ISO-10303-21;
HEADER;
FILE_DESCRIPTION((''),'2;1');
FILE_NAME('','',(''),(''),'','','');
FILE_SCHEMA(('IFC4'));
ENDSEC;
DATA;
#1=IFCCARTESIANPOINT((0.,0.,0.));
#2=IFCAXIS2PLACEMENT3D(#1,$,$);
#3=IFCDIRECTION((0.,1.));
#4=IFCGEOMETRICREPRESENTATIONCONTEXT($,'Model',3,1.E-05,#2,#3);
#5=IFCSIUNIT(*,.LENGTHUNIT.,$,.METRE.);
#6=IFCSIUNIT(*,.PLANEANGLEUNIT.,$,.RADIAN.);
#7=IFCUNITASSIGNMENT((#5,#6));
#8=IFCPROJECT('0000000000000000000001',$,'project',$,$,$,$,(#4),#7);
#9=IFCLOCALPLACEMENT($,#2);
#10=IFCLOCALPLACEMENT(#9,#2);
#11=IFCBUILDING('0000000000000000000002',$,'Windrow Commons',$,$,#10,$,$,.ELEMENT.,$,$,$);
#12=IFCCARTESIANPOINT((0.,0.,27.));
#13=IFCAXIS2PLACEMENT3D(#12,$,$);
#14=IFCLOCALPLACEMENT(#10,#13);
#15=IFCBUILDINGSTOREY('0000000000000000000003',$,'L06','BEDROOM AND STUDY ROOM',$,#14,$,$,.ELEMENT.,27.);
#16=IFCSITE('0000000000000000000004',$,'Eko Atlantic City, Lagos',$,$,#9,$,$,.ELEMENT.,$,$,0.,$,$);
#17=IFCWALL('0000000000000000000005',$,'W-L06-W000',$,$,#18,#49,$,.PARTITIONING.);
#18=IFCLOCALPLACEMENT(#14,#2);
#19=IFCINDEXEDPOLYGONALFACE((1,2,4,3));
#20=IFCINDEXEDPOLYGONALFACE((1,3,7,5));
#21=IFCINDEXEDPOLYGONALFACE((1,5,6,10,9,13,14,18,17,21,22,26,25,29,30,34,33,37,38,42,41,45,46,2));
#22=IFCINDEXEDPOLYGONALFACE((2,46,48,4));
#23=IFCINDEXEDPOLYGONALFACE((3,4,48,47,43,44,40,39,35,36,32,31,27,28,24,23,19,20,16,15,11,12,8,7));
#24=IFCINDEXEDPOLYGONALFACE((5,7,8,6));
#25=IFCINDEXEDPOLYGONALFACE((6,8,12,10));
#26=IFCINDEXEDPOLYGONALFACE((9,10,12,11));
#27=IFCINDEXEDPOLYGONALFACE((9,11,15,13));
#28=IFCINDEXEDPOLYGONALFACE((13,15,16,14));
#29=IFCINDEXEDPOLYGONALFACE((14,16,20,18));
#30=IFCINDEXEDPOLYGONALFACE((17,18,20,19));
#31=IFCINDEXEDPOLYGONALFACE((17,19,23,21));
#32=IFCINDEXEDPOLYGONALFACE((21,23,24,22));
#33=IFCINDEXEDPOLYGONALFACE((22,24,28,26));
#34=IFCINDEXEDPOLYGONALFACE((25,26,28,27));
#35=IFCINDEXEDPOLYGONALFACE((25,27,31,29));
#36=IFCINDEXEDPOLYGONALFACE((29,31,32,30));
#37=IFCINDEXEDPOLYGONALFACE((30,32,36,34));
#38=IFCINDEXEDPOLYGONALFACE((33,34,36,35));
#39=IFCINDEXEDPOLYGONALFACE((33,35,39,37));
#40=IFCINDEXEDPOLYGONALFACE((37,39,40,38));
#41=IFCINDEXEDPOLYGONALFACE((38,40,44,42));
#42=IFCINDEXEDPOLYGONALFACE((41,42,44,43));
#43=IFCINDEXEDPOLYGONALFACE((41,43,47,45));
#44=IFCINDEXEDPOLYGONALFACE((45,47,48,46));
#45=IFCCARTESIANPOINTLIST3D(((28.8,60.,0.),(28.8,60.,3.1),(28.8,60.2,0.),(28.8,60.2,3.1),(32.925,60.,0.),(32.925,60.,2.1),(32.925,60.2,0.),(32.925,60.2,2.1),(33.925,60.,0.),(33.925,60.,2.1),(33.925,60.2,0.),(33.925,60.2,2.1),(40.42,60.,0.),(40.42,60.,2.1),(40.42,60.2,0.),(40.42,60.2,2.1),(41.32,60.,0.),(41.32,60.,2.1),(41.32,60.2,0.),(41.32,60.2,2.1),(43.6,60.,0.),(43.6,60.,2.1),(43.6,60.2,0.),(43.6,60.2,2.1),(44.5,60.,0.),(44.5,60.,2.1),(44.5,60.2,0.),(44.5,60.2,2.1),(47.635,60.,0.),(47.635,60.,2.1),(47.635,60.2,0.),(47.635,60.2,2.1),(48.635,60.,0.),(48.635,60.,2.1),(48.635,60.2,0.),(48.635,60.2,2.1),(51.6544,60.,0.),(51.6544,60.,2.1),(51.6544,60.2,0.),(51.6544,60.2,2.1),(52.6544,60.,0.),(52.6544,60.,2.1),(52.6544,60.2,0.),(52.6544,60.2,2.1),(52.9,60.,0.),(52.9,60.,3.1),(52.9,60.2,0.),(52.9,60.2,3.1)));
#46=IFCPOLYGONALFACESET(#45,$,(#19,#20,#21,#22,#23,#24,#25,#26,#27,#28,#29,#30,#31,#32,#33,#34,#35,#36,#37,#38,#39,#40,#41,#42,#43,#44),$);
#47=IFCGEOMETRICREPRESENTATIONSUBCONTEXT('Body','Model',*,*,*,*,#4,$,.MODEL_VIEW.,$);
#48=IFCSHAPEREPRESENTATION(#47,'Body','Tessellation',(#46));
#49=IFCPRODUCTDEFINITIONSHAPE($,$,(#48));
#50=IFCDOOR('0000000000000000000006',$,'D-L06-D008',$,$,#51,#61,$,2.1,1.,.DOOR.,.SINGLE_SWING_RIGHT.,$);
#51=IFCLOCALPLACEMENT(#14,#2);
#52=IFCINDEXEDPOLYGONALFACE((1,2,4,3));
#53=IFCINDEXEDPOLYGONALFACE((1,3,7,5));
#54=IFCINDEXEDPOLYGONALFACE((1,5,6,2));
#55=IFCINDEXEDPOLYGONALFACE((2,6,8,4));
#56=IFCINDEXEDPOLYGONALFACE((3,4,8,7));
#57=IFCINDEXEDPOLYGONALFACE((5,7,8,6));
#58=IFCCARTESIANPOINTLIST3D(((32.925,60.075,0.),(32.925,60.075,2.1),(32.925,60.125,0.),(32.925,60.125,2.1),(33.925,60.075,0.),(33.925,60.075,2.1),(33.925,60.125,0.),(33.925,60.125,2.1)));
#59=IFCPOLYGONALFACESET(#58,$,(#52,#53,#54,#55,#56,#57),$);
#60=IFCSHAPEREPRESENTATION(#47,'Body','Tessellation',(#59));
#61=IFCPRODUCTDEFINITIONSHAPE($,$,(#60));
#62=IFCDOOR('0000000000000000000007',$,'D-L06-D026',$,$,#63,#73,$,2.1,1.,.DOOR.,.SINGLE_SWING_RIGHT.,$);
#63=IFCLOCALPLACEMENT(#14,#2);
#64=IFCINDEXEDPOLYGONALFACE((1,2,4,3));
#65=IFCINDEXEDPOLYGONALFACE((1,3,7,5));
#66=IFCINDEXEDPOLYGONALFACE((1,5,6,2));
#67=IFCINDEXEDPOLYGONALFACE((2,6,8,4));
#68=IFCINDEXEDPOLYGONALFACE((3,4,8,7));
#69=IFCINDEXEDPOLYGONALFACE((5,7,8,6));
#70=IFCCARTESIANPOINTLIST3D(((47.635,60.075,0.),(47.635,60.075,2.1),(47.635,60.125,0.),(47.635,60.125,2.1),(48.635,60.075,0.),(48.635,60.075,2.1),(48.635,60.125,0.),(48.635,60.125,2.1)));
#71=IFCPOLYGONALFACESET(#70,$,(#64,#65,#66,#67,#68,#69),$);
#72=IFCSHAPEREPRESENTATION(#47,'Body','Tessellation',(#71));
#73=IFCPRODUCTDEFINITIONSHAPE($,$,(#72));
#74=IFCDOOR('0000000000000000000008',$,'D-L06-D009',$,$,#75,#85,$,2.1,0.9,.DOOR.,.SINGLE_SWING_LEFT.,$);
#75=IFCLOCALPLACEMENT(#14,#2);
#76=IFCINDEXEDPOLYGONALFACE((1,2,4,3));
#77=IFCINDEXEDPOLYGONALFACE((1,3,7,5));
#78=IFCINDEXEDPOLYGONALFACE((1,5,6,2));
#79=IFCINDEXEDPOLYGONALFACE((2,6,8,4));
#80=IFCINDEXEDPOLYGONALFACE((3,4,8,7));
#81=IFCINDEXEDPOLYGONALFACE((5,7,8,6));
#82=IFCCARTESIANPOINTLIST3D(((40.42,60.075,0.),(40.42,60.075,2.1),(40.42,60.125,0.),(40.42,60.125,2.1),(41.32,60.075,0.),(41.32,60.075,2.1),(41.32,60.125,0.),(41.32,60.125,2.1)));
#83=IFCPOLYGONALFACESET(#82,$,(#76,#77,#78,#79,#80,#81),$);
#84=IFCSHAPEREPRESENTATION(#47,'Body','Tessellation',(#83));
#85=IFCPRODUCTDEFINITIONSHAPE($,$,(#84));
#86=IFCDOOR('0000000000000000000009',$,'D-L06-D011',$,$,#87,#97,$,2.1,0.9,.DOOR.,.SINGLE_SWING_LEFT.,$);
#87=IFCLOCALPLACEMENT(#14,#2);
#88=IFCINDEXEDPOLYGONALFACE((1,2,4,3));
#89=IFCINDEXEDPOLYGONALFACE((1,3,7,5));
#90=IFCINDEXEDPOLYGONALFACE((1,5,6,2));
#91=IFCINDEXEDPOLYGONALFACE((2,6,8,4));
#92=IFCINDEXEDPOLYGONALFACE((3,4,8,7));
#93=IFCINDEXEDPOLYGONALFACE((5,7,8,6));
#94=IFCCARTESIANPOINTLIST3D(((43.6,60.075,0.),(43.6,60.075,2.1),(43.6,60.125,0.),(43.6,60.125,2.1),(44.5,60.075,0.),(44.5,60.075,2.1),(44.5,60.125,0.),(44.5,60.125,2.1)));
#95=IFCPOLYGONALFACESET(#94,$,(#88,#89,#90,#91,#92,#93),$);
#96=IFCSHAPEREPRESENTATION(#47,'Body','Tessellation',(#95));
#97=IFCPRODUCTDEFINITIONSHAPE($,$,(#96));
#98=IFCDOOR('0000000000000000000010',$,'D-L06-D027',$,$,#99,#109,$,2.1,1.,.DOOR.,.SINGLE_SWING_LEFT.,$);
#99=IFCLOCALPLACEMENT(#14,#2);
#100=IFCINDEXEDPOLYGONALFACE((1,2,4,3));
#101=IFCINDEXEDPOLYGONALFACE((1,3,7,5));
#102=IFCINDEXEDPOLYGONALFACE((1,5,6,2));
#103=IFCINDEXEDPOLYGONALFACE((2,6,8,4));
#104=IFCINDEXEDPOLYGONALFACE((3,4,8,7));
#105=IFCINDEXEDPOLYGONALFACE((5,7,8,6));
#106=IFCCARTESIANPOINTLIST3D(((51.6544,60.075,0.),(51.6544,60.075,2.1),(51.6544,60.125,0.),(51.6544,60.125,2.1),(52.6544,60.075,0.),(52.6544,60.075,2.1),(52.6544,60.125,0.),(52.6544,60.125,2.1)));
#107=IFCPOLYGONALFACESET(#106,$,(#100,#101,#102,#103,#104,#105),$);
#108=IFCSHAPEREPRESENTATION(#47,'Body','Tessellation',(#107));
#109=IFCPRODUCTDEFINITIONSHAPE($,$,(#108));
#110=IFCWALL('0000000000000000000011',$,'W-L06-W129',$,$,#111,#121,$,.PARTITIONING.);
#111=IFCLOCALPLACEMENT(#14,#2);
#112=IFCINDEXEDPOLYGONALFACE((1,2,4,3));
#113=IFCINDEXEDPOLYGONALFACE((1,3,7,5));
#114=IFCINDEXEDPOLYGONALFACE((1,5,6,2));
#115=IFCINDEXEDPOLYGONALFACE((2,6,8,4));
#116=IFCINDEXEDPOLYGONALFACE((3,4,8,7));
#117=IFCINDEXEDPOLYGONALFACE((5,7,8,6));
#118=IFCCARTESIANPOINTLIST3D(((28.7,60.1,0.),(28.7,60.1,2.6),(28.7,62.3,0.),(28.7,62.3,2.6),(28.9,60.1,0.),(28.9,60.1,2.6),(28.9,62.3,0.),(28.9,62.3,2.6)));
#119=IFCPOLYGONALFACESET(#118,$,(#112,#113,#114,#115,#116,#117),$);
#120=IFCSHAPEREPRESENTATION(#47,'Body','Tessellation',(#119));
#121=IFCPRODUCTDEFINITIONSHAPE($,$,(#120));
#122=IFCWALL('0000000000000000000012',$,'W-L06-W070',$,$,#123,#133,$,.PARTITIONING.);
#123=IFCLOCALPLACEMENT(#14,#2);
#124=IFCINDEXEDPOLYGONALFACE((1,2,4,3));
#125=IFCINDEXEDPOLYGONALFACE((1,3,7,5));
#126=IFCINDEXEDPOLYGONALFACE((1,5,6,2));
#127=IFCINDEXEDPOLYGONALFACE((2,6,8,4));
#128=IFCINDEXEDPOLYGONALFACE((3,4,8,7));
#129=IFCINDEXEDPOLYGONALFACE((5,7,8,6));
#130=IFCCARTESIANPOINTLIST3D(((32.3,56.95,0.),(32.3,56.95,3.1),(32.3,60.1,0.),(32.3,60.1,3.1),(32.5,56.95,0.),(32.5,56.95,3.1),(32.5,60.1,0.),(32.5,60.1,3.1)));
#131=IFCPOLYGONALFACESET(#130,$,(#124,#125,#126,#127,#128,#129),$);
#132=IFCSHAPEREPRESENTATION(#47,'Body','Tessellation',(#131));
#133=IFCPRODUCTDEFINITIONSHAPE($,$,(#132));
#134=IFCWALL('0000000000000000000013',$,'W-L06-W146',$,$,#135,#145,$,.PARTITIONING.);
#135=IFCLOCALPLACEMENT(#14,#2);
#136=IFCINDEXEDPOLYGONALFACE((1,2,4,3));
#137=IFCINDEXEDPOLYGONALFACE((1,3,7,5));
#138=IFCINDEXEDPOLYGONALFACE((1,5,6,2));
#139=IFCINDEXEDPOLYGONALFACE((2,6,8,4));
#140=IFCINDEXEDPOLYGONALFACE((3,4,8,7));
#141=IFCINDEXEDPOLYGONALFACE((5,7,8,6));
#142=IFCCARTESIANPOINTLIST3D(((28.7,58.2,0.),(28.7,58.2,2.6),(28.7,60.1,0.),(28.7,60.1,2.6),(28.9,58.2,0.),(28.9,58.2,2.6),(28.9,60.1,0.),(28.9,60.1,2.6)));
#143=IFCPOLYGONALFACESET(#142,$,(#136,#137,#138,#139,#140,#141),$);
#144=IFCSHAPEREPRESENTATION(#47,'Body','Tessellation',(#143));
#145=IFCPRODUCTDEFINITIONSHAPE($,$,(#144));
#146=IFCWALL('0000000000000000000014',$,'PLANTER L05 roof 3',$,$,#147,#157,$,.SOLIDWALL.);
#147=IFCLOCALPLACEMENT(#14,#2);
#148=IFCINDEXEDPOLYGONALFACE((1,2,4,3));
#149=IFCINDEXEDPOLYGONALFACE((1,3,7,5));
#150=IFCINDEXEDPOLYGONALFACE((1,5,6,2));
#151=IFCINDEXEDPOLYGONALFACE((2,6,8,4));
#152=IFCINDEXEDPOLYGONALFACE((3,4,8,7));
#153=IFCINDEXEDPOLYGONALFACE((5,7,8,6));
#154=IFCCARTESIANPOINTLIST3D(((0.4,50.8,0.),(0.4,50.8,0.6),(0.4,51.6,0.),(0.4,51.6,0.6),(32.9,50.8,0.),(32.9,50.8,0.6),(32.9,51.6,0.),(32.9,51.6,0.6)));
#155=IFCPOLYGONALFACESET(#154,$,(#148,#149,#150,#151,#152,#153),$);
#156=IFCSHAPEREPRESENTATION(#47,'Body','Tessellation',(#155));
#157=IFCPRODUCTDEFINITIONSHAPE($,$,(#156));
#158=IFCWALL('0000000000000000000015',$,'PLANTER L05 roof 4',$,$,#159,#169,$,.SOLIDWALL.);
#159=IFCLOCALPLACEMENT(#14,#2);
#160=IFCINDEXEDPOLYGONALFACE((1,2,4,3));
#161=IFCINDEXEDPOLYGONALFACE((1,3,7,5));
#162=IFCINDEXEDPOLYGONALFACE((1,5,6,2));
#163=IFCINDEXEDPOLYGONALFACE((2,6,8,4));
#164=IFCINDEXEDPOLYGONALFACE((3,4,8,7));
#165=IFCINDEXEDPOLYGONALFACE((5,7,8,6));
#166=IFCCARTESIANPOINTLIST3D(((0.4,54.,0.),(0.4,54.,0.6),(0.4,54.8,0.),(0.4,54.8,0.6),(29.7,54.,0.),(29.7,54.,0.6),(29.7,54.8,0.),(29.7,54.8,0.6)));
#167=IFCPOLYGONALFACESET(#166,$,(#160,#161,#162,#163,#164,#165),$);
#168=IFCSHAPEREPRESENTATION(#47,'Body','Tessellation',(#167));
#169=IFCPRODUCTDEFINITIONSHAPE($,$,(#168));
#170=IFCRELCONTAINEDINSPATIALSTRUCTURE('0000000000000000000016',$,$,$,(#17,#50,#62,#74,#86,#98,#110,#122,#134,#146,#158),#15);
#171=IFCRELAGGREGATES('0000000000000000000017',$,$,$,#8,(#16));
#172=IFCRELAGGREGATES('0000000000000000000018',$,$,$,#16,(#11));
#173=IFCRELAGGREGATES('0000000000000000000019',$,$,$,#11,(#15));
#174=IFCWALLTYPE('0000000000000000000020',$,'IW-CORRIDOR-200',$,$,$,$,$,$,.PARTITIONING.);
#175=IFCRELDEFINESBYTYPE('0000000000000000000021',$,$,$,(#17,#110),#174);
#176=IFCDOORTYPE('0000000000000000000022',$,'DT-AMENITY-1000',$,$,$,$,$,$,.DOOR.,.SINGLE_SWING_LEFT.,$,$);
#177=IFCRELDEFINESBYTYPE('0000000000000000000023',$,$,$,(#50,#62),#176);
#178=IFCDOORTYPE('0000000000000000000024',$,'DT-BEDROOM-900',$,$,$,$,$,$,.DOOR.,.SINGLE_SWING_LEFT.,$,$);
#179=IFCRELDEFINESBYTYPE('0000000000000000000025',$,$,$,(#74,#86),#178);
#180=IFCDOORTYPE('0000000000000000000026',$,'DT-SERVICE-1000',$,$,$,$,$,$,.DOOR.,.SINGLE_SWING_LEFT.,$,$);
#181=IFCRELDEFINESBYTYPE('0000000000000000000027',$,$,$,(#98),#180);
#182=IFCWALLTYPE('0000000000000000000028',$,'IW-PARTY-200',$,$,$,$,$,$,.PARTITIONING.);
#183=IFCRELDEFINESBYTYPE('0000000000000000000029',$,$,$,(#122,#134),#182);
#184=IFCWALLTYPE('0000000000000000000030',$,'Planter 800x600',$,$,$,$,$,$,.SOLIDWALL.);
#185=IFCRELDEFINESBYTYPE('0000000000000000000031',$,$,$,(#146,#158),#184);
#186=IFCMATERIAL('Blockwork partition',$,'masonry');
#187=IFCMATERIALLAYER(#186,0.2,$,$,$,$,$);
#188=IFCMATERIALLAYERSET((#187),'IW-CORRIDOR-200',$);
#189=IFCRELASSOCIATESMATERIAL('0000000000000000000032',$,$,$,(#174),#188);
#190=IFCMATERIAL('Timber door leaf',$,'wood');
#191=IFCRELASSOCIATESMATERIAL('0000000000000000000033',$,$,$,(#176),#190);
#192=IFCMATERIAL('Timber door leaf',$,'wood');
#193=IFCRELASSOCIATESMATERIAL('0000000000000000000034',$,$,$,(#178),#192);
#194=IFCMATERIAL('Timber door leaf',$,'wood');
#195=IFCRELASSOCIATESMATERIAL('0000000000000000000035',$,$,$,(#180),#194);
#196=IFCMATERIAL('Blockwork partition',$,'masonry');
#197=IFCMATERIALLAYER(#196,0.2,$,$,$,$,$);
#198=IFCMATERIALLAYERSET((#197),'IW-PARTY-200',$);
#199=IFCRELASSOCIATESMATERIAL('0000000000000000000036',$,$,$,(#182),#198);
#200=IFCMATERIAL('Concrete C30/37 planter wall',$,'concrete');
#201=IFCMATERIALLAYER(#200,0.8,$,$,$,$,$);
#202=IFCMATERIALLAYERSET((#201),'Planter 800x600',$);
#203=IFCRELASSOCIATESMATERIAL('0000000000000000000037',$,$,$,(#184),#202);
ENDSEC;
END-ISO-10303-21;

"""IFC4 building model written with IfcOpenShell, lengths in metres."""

from ifc_helpers import new_model, si_unit, direction, frame, frame_2d, origin, place, context, subcontext, project, spatial, rectangle, extrude, material, layer, layer_set, type_object, element, fill, save


model = new_model("IFC4")

# Units and contexts
model_context = context("Model", 3, precision=1e-05, world=origin(), true_north=direction((0.0, 1.0)))
body_context = subcontext(model_context, "Body", "Model", "MODEL_VIEW")
ifc_project = project(units=[si_unit("LENGTHUNIT", "METRE"), si_unit("PLANEANGLEUNIT", "RADIAN")], contexts=[model_context])

# Site, building, storey
site_placement = place(None, origin())
site = spatial("IfcSite", under=ifc_project, at=site_placement, Name="Eko Atlantic City, Lagos", CompositionType="ELEMENT", RefElevation=0.0)
building_placement = place(site_placement, origin())
building = spatial("IfcBuilding", under=site, at=building_placement, Name="Windrow Commons", CompositionType="ELEMENT")
storey_placement = place(building_placement, frame((0.0, 0.0, 27.0)))
storey = spatial("IfcBuildingStorey", under=building, at=storey_placement, Name="L06", Description="BEDROOM AND STUDY ROOM", CompositionType="ELEMENT", Elevation=27.0)

# Wall, openings, doors
ifc_material_1 = material(Name="Blockwork partition", Category="masonry")
ifc_layer_1 = layer(ifc_material_1, 0.2)
ifc_layer_set_1 = layer_set([ifc_layer_1], Name="IW-CORRIDOR-200")
wall_type_1 = type_object("IfcWallType", Name="IW-CORRIDOR-200", PredefinedType="PARTITIONING", material=ifc_layer_set_1)
wall_1_placement = place(storey_placement, frame((28.8, 60.1, 0.0), z_axis=(0.0, 0.0, 1.0), x_axis=(1.0, 0.0, 0.0)))
wall_1 = element("IfcWall", 1, at=wall_1_placement, inside=storey, type_object=wall_type_1, Name="W-L06-W000", PredefinedType="PARTITIONING", context=body_context, shape_type="SweptSolid", body=[
    extrude(rectangle(XDim=24.1, YDim=0.2, at=frame_2d((12.05, 0.0))), origin(), (0.0, 0.0, 1.0), 3.1),
])
opening_1_placement = place(wall_1_placement, frame((4.125, 0.0, 0.0)))
opening_1 = element("IfcOpeningElement", 2, at=opening_1_placement, cuts=wall_1, PredefinedType="OPENING", context=body_context, shape_type="SweptSolid", body=[
    extrude(rectangle(XDim=1.0, YDim=2.1, at=frame_2d((0.5, 1.05))), frame((0.0, 0.11, 0.0), z_axis=(0.0, -1.0, 0.0), x_axis=(1.0, 0.0, 0.0)), (0.0, 0.0, 1.0), 0.22),
])
opening_2_placement = place(wall_1_placement, frame((11.62, 0.0, 0.0)))
opening_2 = element("IfcOpeningElement", 3, at=opening_2_placement, cuts=wall_1, PredefinedType="OPENING", context=body_context, shape_type="SweptSolid", body=[
    extrude(rectangle(XDim=0.9, YDim=2.1, at=frame_2d((0.45, 1.05))), frame((0.0, 0.11, 0.0), z_axis=(0.0, -1.0, 0.0), x_axis=(1.0, 0.0, 0.0)), (0.0, 0.0, 1.0), 0.22),
])
opening_3_placement = place(wall_1_placement, frame((14.8, 0.0, 0.0)))
opening_3 = element("IfcOpeningElement", 4, at=opening_3_placement, cuts=wall_1, PredefinedType="OPENING", context=body_context, shape_type="SweptSolid", body=[
    extrude(rectangle(XDim=0.9, YDim=2.1, at=frame_2d((0.45, 1.05))), frame((0.0, 0.11, 0.0), z_axis=(0.0, -1.0, 0.0), x_axis=(1.0, 0.0, 0.0)), (0.0, 0.0, 1.0), 0.22),
])
opening_4_placement = place(wall_1_placement, frame((18.835, 0.0, 0.0)))
opening_4 = element("IfcOpeningElement", 5, at=opening_4_placement, cuts=wall_1, PredefinedType="OPENING", context=body_context, shape_type="SweptSolid", body=[
    extrude(rectangle(XDim=1.0, YDim=2.1, at=frame_2d((0.5, 1.05))), frame((0.0, 0.11, 0.0), z_axis=(0.0, -1.0, 0.0), x_axis=(1.0, 0.0, 0.0)), (0.0, 0.0, 1.0), 0.22),
])
opening_5_placement = place(wall_1_placement, frame((22.8544, 0.0, 0.0)))
opening_5 = element("IfcOpeningElement", 6, at=opening_5_placement, cuts=wall_1, PredefinedType="OPENING", context=body_context, shape_type="SweptSolid", body=[
    extrude(rectangle(XDim=1.0, YDim=2.1, at=frame_2d((0.5, 1.05))), frame((0.0, 0.11, 0.0), z_axis=(0.0, -1.0, 0.0), x_axis=(1.0, 0.0, 0.0)), (0.0, 0.0, 1.0), 0.22),
])
ifc_material_2 = material(Name="Timber door leaf", Category="wood")
door_type_1 = type_object("IfcDoorType", Name="DT-AMENITY-1000", OperationType="SINGLE_SWING_LEFT", PredefinedType="DOOR", material=ifc_material_2)
door_1_placement = place(opening_1_placement, origin())
door_1 = element("IfcDoor", 7, at=door_1_placement, inside=storey, type_object=door_type_1, Name="D-L06-D008", OperationType="SINGLE_SWING_RIGHT", OverallHeight=2.1, OverallWidth=1.0, PredefinedType="DOOR", context=body_context, shape_type="SweptSolid", body=[
    extrude(rectangle(XDim=1.0, YDim=2.1, at=frame_2d((0.5, 1.05))), frame((0.0, 0.025, 0.0), z_axis=(0.0, -1.0, 0.0), x_axis=(1.0, 0.0, 0.0)), (0.0, 0.0, 1.0), 0.05),
])
fill(opening_1, door_1)
door_2_placement = place(opening_4_placement, origin())
door_2 = element("IfcDoor", 8, at=door_2_placement, inside=storey, type_object=door_type_1, Name="D-L06-D026", OperationType="SINGLE_SWING_RIGHT", OverallHeight=2.1, OverallWidth=1.0, PredefinedType="DOOR", context=body_context, shape_type="SweptSolid", body=[
    extrude(rectangle(XDim=1.0, YDim=2.1, at=frame_2d((0.5, 1.05))), frame((0.0, 0.025, 0.0), z_axis=(0.0, -1.0, 0.0), x_axis=(1.0, 0.0, 0.0)), (0.0, 0.0, 1.0), 0.05),
])
fill(opening_4, door_2)
ifc_material_3 = material(Name="Timber door leaf", Category="wood")
door_type_2 = type_object("IfcDoorType", Name="DT-BEDROOM-900", OperationType="SINGLE_SWING_LEFT", PredefinedType="DOOR", material=ifc_material_3)
door_3_placement = place(opening_2_placement, origin())
door_3 = element("IfcDoor", 9, at=door_3_placement, inside=storey, type_object=door_type_2, Name="D-L06-D009", OperationType="SINGLE_SWING_LEFT", OverallHeight=2.1, OverallWidth=0.9, PredefinedType="DOOR", context=body_context, shape_type="SweptSolid", body=[
    extrude(rectangle(XDim=0.9, YDim=2.1, at=frame_2d((0.45, 1.05))), frame((0.0, 0.025, 0.0), z_axis=(0.0, -1.0, 0.0), x_axis=(1.0, 0.0, 0.0)), (0.0, 0.0, 1.0), 0.05),
])
fill(opening_2, door_3)
door_4_placement = place(opening_3_placement, origin())
door_4 = element("IfcDoor", 10, at=door_4_placement, inside=storey, type_object=door_type_2, Name="D-L06-D011", OperationType="SINGLE_SWING_LEFT", OverallHeight=2.1, OverallWidth=0.9, PredefinedType="DOOR", context=body_context, shape_type="SweptSolid", body=[
    extrude(rectangle(XDim=0.9, YDim=2.1, at=frame_2d((0.45, 1.05))), frame((0.0, 0.025, 0.0), z_axis=(0.0, -1.0, 0.0), x_axis=(1.0, 0.0, 0.0)), (0.0, 0.0, 1.0), 0.05),
])
fill(opening_3, door_4)
ifc_material_4 = material(Name="Timber door leaf", Category="wood")
door_type_3 = type_object("IfcDoorType", Name="DT-SERVICE-1000", OperationType="SINGLE_SWING_LEFT", PredefinedType="DOOR", material=ifc_material_4)
door_5_placement = place(opening_5_placement, origin())
door_5 = element("IfcDoor", 11, at=door_5_placement, inside=storey, type_object=door_type_3, Name="D-L06-D027", OperationType="SINGLE_SWING_LEFT", OverallHeight=2.1, OverallWidth=1.0, PredefinedType="DOOR", context=body_context, shape_type="SweptSolid", body=[
    extrude(rectangle(XDim=1.0, YDim=2.1, at=frame_2d((0.5, 1.05))), frame((0.0, 0.025, 0.0), z_axis=(0.0, -1.0, 0.0), x_axis=(1.0, 0.0, 0.0)), (0.0, 0.0, 1.0), 0.05),
])
fill(opening_5, door_5)

# Walls
wall_2_placement = place(storey_placement, frame((28.8, 60.1, 0.0), z_axis=(0.0, 0.0, 1.0), x_axis=(0.0, 1.0, 0.0)))
element("IfcWall", 12, at=wall_2_placement, inside=storey, type_object=wall_type_1, Name="W-L06-W129", PredefinedType="PARTITIONING", context=body_context, shape_type="SweptSolid", body=[
    extrude(rectangle(XDim=2.2, YDim=0.2, at=frame_2d((1.1, 0.0))), origin(), (0.0, 0.0, 1.0), 2.6),
])
ifc_material_5 = material(Name="Blockwork partition", Category="masonry")
ifc_layer_2 = layer(ifc_material_5, 0.2)
ifc_layer_set_2 = layer_set([ifc_layer_2], Name="IW-PARTY-200")
wall_type_2 = type_object("IfcWallType", Name="IW-PARTY-200", PredefinedType="PARTITIONING", material=ifc_layer_set_2)
wall_3_placement = place(storey_placement, frame((32.4, 56.95, 0.0), z_axis=(0.0, 0.0, 1.0), x_axis=(0.0, 1.0, 0.0)))
element("IfcWall", 13, at=wall_3_placement, inside=storey, type_object=wall_type_2, Name="W-L06-W070", PredefinedType="PARTITIONING", context=body_context, shape_type="SweptSolid", body=[
    extrude(rectangle(XDim=3.15, YDim=0.2, at=frame_2d((1.575, 0.0))), origin(), (0.0, 0.0, 1.0), 3.1),
])
wall_4_placement = place(storey_placement, frame((28.8, 58.2, 0.0), z_axis=(0.0, 0.0, 1.0), x_axis=(0.0, 1.0, 0.0)))
element("IfcWall", 14, at=wall_4_placement, inside=storey, type_object=wall_type_2, Name="W-L06-W146", PredefinedType="PARTITIONING", context=body_context, shape_type="SweptSolid", body=[
    extrude(rectangle(XDim=1.9, YDim=0.2, at=frame_2d((0.95, 0.0))), origin(), (0.0, 0.0, 1.0), 2.6),
])
ifc_material_6 = material(Name="Concrete C30/37 planter wall", Category="concrete")
ifc_layer_3 = layer(ifc_material_6, 0.8)
ifc_layer_set_3 = layer_set([ifc_layer_3], Name="Planter 800x600")
wall_type_3 = type_object("IfcWallType", Name="Planter 800x600", PredefinedType="SOLIDWALL", material=ifc_layer_set_3)
wall_5_placement = place(storey_placement, frame((0.4, 51.2, 0.0), z_axis=(0.0, 0.0, 1.0), x_axis=(1.0, 0.0, 0.0)))
element("IfcWall", 15, at=wall_5_placement, inside=storey, type_object=wall_type_3, Name="PLANTER L05 roof 3", PredefinedType="SOLIDWALL", context=body_context, shape_type="SweptSolid", body=[
    extrude(rectangle(XDim=32.5, YDim=0.8, at=frame_2d((16.25, 0.0))), origin(), (0.0, 0.0, 1.0), 0.6),
])
wall_6_placement = place(storey_placement, frame((0.4, 54.4, 0.0), z_axis=(0.0, 0.0, 1.0), x_axis=(1.0, 0.0, 0.0)))
element("IfcWall", 16, at=wall_6_placement, inside=storey, type_object=wall_type_3, Name="PLANTER L05 roof 4", PredefinedType="SOLIDWALL", context=body_context, shape_type="SweptSolid", body=[
    extrude(rectangle(XDim=29.3, YDim=0.8, at=frame_2d((14.65, 0.0))), origin(), (0.0, 0.0, 1.0), 0.6),
])

save(model, "model.ifc")
